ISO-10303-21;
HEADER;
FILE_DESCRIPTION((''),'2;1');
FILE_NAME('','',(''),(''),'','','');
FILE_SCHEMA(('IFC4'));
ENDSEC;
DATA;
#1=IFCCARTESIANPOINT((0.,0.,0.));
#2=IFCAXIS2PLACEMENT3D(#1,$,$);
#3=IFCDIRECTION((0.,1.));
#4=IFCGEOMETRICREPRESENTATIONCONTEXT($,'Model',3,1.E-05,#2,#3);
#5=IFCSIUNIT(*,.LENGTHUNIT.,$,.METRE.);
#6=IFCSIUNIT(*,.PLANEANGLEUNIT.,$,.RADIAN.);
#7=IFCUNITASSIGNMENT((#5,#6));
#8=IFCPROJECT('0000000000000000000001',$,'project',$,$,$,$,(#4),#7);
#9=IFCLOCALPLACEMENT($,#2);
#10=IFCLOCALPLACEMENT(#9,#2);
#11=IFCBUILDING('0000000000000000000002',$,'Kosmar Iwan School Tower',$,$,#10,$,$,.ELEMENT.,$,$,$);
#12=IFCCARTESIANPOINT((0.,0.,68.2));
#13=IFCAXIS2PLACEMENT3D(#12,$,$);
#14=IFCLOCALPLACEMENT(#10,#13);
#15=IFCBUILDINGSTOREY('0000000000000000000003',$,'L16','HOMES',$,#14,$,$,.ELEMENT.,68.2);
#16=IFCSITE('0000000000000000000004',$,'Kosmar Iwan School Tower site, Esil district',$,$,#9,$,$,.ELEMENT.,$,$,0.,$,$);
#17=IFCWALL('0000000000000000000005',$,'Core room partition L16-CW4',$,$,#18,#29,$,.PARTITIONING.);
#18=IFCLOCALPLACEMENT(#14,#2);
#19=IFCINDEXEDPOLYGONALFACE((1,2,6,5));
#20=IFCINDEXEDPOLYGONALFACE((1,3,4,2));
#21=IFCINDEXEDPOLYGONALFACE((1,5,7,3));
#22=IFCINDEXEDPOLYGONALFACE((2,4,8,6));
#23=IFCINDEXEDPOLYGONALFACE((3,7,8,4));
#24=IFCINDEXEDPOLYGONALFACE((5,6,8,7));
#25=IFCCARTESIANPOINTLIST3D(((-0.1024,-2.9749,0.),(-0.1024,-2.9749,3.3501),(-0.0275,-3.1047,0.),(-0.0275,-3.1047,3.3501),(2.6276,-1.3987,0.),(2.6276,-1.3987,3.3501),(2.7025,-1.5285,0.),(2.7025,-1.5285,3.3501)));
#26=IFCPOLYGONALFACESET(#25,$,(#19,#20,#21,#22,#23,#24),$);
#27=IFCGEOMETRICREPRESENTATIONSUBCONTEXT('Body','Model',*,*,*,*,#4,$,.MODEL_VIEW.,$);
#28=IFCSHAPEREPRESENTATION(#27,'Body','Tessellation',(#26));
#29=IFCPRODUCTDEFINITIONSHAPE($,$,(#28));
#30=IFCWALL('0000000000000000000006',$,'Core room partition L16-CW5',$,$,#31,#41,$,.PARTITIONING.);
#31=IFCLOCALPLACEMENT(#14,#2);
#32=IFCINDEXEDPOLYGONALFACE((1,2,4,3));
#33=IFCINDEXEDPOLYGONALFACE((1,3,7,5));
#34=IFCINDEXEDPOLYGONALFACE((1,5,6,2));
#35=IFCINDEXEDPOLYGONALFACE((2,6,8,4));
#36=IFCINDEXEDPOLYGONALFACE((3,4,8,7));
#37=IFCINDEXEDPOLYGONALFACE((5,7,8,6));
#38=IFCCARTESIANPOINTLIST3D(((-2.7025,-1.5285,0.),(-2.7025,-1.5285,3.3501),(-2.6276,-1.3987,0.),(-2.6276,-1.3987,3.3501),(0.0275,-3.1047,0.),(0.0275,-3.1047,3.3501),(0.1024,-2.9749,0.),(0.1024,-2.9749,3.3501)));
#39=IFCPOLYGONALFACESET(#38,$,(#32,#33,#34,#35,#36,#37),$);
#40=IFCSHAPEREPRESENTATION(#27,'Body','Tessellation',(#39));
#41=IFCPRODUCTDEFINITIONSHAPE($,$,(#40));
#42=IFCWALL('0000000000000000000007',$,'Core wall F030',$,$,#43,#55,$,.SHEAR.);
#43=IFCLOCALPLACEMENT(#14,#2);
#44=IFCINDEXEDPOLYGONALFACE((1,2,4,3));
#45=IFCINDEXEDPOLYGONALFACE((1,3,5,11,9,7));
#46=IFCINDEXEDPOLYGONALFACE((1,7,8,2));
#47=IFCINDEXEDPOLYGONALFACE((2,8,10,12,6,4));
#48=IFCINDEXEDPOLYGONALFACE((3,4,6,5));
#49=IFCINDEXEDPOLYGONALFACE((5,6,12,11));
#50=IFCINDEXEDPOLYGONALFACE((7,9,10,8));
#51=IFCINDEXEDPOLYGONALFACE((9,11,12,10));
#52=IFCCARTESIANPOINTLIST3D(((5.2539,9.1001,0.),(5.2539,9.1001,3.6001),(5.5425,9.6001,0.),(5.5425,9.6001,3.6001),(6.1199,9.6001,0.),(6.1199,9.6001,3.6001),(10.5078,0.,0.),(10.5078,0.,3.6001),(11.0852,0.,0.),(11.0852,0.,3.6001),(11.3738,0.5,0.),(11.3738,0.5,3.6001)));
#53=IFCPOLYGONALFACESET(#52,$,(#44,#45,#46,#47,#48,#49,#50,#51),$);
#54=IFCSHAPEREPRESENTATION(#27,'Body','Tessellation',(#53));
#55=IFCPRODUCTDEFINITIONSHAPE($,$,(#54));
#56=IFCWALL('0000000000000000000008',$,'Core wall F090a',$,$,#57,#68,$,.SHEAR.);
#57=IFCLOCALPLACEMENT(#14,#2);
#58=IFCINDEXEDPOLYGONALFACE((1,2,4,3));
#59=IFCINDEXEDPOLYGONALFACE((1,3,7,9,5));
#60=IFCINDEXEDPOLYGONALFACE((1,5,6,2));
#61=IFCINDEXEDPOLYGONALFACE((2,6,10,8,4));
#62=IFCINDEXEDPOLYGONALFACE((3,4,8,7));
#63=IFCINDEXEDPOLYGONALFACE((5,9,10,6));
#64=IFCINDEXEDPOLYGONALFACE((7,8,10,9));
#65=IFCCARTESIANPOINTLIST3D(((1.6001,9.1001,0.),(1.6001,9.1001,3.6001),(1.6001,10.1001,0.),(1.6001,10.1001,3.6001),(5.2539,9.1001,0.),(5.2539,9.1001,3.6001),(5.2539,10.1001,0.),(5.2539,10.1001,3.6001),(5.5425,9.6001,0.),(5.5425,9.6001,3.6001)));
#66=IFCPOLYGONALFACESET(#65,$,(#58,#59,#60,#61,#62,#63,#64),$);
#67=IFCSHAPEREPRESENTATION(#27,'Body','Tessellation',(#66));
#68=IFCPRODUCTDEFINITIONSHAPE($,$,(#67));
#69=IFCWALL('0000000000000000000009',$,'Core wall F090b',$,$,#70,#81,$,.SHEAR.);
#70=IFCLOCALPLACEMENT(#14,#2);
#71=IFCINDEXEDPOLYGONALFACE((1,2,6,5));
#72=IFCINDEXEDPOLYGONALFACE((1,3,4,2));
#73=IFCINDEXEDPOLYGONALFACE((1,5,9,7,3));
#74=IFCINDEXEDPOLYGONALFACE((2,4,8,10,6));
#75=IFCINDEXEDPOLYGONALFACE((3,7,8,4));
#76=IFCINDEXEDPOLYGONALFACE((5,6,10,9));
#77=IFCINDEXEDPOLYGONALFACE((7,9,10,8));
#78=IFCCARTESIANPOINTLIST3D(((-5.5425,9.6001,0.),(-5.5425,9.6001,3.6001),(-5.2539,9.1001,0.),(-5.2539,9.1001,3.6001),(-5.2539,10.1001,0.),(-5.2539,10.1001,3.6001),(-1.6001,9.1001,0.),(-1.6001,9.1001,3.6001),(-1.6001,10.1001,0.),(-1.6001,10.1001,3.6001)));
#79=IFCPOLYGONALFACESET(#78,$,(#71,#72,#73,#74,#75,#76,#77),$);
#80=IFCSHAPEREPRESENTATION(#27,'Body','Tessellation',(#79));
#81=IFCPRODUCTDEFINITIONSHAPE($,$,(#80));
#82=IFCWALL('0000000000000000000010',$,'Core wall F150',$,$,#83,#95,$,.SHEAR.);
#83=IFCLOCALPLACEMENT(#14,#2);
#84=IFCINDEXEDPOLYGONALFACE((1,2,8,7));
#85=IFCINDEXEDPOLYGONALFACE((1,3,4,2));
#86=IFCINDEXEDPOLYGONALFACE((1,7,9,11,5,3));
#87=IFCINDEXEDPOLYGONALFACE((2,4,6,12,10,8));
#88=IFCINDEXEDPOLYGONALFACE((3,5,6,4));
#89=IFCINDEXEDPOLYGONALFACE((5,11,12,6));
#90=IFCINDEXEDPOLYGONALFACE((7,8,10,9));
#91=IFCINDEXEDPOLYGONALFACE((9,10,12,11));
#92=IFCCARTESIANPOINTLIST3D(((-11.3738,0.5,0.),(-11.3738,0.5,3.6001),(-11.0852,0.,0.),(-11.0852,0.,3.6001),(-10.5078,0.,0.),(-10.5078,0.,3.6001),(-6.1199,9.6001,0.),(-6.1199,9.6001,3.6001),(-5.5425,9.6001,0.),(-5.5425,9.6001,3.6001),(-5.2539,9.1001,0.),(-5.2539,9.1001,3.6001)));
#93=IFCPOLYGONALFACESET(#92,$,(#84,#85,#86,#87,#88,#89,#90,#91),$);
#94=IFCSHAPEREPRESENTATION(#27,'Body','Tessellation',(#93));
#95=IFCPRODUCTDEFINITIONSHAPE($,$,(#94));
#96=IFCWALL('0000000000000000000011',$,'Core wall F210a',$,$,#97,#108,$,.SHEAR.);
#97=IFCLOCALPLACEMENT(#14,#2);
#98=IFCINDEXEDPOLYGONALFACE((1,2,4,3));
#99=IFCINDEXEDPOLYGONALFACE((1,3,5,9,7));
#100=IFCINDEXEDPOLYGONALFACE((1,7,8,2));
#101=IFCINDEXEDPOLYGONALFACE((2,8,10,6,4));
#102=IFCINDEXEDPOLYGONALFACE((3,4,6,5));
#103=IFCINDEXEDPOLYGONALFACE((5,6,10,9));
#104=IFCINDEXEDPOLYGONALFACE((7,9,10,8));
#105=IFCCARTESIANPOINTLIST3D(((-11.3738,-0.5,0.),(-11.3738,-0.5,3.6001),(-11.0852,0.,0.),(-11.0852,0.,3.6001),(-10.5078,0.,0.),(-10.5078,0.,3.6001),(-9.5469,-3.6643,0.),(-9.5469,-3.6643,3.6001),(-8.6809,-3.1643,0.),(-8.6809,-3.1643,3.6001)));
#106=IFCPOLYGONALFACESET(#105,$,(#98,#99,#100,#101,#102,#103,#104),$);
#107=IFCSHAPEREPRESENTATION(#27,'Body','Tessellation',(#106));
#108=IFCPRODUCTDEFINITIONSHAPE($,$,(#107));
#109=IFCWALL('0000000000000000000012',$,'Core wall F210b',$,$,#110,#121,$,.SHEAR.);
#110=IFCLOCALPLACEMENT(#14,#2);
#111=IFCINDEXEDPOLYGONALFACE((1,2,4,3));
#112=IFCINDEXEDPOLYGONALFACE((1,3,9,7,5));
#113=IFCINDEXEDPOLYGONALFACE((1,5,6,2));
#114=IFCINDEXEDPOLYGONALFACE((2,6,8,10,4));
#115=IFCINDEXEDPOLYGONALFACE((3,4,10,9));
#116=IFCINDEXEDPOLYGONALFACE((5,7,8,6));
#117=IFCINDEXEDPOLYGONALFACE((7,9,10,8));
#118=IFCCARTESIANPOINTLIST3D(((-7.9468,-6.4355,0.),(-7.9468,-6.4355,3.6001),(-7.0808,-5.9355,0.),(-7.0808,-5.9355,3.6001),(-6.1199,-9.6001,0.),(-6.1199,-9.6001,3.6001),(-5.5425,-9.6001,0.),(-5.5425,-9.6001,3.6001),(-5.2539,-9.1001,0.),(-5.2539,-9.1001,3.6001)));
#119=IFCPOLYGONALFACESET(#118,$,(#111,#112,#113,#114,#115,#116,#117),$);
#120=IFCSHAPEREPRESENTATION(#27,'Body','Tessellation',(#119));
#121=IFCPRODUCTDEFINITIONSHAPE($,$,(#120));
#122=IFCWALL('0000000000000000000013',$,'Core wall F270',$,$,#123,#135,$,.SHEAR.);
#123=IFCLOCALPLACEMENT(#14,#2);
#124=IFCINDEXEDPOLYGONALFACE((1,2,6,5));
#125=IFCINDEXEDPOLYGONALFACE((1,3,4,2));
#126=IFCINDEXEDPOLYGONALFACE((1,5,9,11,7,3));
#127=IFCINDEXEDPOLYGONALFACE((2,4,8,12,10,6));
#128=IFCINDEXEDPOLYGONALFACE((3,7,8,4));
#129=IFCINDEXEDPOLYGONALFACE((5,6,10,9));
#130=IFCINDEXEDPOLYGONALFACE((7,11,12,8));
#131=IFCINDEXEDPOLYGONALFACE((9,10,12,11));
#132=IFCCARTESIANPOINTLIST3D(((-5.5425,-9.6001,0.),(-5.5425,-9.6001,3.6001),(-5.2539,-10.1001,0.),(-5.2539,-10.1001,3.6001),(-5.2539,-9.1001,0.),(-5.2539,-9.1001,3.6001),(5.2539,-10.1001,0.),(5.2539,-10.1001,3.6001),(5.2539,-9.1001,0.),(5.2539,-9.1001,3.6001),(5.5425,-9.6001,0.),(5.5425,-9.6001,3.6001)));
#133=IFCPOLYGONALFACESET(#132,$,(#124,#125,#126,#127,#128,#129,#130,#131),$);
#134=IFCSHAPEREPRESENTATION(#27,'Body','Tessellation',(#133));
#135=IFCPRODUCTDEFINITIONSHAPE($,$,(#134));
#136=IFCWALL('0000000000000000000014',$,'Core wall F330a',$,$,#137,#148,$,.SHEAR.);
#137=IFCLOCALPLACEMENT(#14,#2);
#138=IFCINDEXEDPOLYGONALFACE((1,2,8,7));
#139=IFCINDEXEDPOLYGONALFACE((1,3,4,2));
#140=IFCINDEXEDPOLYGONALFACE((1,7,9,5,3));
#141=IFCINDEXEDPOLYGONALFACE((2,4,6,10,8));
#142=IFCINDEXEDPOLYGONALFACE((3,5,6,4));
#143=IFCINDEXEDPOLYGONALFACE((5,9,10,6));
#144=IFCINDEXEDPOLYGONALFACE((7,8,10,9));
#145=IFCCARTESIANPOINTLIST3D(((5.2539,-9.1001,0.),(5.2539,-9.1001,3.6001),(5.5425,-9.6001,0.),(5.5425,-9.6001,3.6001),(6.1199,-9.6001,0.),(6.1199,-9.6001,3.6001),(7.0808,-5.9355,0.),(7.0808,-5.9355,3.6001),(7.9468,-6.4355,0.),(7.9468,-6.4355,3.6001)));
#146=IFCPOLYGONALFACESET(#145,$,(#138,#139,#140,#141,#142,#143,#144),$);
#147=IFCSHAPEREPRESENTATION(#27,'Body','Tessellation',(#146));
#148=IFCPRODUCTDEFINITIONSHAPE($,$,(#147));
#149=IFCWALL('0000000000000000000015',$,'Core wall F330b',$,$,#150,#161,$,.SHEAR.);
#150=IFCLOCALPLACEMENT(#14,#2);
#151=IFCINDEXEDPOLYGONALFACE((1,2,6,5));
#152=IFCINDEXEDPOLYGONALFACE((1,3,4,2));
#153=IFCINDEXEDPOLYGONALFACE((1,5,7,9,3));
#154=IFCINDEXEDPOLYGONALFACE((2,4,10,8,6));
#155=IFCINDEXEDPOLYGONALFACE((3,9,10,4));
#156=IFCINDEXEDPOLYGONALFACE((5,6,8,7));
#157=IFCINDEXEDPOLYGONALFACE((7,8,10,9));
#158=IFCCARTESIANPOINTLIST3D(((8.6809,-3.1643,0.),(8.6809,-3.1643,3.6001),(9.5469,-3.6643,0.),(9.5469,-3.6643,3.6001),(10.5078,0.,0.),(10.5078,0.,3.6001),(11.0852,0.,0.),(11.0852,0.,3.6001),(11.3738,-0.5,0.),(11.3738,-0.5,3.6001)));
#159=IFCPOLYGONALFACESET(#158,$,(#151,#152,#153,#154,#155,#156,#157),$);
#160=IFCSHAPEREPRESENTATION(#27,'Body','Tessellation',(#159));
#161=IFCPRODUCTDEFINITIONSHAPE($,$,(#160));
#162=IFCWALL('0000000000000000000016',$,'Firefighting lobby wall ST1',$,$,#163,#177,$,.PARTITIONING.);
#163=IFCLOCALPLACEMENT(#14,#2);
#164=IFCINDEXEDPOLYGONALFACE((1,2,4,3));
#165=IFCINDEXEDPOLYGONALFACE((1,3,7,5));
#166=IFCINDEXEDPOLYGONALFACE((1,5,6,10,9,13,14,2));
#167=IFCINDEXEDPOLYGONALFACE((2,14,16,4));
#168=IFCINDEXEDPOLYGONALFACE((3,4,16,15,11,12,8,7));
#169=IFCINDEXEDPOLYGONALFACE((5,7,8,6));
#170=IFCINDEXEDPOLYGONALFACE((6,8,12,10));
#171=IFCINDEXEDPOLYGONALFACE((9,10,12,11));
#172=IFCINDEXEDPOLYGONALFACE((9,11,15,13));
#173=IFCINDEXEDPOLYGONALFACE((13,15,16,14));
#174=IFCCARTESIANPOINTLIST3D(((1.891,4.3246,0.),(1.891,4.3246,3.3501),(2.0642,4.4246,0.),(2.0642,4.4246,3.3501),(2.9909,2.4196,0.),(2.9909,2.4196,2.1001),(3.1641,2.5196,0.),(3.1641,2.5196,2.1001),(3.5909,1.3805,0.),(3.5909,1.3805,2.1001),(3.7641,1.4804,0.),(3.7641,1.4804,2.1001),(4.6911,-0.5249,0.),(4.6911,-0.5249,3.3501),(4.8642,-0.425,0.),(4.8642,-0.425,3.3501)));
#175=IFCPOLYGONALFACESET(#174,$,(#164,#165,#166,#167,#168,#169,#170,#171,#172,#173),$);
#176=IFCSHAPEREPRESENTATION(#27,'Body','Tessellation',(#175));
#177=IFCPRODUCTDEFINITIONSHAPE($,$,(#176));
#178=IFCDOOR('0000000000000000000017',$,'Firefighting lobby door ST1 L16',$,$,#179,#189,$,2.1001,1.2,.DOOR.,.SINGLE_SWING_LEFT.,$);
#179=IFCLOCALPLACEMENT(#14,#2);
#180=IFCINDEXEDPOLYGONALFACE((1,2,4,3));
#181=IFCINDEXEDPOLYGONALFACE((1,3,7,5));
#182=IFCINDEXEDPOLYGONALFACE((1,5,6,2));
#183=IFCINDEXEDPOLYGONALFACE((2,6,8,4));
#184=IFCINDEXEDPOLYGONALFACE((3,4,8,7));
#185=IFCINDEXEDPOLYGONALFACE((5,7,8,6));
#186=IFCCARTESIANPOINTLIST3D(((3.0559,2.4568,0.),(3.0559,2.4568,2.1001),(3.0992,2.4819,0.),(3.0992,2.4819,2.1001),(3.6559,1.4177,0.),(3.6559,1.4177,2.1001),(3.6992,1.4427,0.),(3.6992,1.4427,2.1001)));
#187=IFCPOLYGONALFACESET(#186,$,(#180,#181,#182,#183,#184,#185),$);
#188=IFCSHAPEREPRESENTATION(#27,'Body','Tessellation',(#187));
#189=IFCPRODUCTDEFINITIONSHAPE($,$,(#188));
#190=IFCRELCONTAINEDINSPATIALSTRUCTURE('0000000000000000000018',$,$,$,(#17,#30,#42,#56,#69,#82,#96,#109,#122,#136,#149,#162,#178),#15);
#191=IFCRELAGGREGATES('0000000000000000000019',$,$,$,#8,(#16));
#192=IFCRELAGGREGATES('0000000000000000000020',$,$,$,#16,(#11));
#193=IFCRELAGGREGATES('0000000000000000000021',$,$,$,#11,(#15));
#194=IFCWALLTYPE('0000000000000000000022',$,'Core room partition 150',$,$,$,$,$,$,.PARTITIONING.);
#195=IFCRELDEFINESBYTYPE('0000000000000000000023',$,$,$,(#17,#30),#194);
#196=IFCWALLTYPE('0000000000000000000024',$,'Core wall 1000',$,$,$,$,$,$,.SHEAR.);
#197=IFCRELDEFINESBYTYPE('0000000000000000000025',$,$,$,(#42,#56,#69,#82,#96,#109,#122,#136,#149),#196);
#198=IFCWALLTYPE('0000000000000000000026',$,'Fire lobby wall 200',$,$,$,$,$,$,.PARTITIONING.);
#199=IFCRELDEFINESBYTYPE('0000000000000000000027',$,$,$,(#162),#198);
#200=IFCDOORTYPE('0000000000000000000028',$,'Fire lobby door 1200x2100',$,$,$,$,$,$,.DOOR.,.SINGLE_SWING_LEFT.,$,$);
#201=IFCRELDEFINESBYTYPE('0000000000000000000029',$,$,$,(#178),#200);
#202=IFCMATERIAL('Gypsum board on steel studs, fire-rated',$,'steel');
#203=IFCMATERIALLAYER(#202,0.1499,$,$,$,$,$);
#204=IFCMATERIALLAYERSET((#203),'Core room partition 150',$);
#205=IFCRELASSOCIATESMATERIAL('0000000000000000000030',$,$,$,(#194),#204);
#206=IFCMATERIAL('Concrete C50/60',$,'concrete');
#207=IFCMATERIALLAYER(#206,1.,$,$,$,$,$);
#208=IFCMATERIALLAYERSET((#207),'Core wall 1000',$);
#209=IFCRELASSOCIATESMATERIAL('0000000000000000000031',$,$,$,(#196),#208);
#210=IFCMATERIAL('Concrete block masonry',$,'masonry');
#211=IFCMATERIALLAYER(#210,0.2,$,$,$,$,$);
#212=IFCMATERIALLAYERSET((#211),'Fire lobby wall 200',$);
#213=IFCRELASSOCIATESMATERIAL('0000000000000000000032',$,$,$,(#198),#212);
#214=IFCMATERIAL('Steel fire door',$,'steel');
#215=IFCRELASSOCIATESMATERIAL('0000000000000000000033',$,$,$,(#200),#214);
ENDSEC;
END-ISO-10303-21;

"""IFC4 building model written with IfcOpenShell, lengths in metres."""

from ifc_helpers import new_model, si_unit, direction, frame, frame_2d, origin, place, context, subcontext, project, spatial, polyline, rectangle, outline, extrude, material, layer, layer_set, type_object, element, fill, save


model = new_model("IFC4")

# Units and contexts
model_context = context("Model", 3, precision=1e-05, world=origin(), true_north=direction((0.0, 1.0)))
body_context = subcontext(model_context, "Body", "Model", "MODEL_VIEW")
ifc_project = project(units=[si_unit("LENGTHUNIT", "METRE"), si_unit("PLANEANGLEUNIT", "RADIAN")], contexts=[model_context])

# Site, building, storey
site_placement = place(None, origin())
site = spatial("IfcSite", under=ifc_project, at=site_placement, Name="Kosmar Iwan School Tower site, Esil district", CompositionType="ELEMENT", RefElevation=0.0)
building_placement = place(site_placement, origin())
building = spatial("IfcBuilding", under=site, at=building_placement, Name="Kosmar Iwan School Tower", CompositionType="ELEMENT")
storey_placement = place(building_placement, frame((0.0, 0.0, 68.2)))
storey = spatial("IfcBuildingStorey", under=building, at=storey_placement, Name="L16", Description="HOMES", CompositionType="ELEMENT", Elevation=68.2)

# Walls
ifc_material_1 = material(Name="Gypsum board on steel studs, fire-rated", Category="steel")
ifc_layer_1 = layer(ifc_material_1, 0.1499)
ifc_layer_set_1 = layer_set([ifc_layer_1], Name="Core room partition 150")
wall_type_1 = type_object("IfcWallType", Name="Core room partition 150", PredefinedType="PARTITIONING", material=ifc_layer_set_1)
for number, where, z_axis, x_axis, name in (
    (1, (2.665, -1.4636, 0.0), (0.0, 0.0, 1.0), (-0.866023, -0.500004, 0.0), "Core room partition L16-CW4"),
    (2, (0.0649, -3.0398, 0.0), (0.0, 0.0, 1.0), (-0.866023, 0.500004, 0.0), "Core room partition L16-CW5"),
):
    element("IfcWall", number, at=place(storey_placement, frame(where, z_axis=z_axis, x_axis=x_axis)), inside=storey, type_object=wall_type_1, Name=name, PredefinedType="PARTITIONING", context=body_context, shape_type="SweptSolid", body=[
        extrude(rectangle(XDim=3.1523, YDim=0.1499, at=frame_2d((1.5762, 0.0))), origin(), (0.0, 0.0, 1.0), 3.3501),
    ])
ifc_material_2 = material(Name="Concrete C50/60", Category="concrete")
ifc_layer_2 = layer(ifc_material_2, 1.0)
ifc_layer_set_2 = layer_set([ifc_layer_2], Name="Core wall 1000")
wall_type_2 = type_object("IfcWallType", Name="Core wall 1000", PredefinedType="SHEAR", material=ifc_layer_set_2)
wall_1_placement = place(storey_placement, origin())
element("IfcWall", 3, at=wall_1_placement, inside=storey, type_object=wall_type_2, Name="Core wall F030", PredefinedType="SHEAR", context=body_context, shape_type="SweptSolid", body=[
    extrude(outline(polyline([(10.5078, 0.0), (11.0852, 0.0), (11.3738, 0.5), (6.1199, 9.6001), (5.5425, 9.6001), (5.2539, 9.1001), (10.5078, 0.0)])), origin(), (0.0, 0.0, 1.0), 3.6001),
])
wall_2_placement = place(storey_placement, origin())
element("IfcWall", 4, at=wall_2_placement, inside=storey, type_object=wall_type_2, Name="Core wall F090a", PredefinedType="SHEAR", context=body_context, shape_type="SweptSolid", body=[
    extrude(outline(polyline([(1.6001, 9.1001), (5.2539, 9.1001), (5.5425, 9.6001), (5.2539, 10.1001), (1.6001, 10.1001), (1.6001, 9.1001)])), origin(), (0.0, 0.0, 1.0), 3.6001),
])
wall_3_placement = place(storey_placement, origin())
element("IfcWall", 5, at=wall_3_placement, inside=storey, type_object=wall_type_2, Name="Core wall F090b", PredefinedType="SHEAR", context=body_context, shape_type="SweptSolid", body=[
    extrude(outline(polyline([(-5.2539, 9.1001), (-1.6001, 9.1001), (-1.6001, 10.1001), (-5.2539, 10.1001), (-5.5425, 9.6001), (-5.2539, 9.1001)])), origin(), (0.0, 0.0, 1.0), 3.6001),
])
wall_4_placement = place(storey_placement, origin())
element("IfcWall", 6, at=wall_4_placement, inside=storey, type_object=wall_type_2, Name="Core wall F150", PredefinedType="SHEAR", context=body_context, shape_type="SweptSolid", body=[
    extrude(outline(polyline([(-11.0852, 0.0), (-10.5078, 0.0), (-5.2539, 9.1001), (-5.5425, 9.6001), (-6.1199, 9.6001), (-11.3738, 0.5), (-11.0852, 0.0)])), origin(), (0.0, 0.0, 1.0), 3.6001),
])
wall_5_placement = place(storey_placement, origin())
element("IfcWall", 7, at=wall_5_placement, inside=storey, type_object=wall_type_2, Name="Core wall F210a", PredefinedType="SHEAR", context=body_context, shape_type="SweptSolid", body=[
    extrude(outline(polyline([(-9.5469, -3.6643), (-8.6809, -3.1643), (-10.5078, 0.0), (-11.0852, 0.0), (-11.3738, -0.5), (-9.5469, -3.6643)])), origin(), (0.0, 0.0, 1.0), 3.6001),
])
wall_6_placement = place(storey_placement, origin())
element("IfcWall", 8, at=wall_6_placement, inside=storey, type_object=wall_type_2, Name="Core wall F210b", PredefinedType="SHEAR", context=body_context, shape_type="SweptSolid", body=[
    extrude(outline(polyline([(-6.1199, -9.6001), (-5.5425, -9.6001), (-5.2539, -9.1001), (-7.0808, -5.9355), (-7.9468, -6.4355), (-6.1199, -9.6001)])), origin(), (0.0, 0.0, 1.0), 3.6001),
])
wall_7_placement = place(storey_placement, origin())
element("IfcWall", 9, at=wall_7_placement, inside=storey, type_object=wall_type_2, Name="Core wall F270", PredefinedType="SHEAR", context=body_context, shape_type="SweptSolid", body=[
    extrude(outline(polyline([(-5.2539, -10.1001), (5.2539, -10.1001), (5.5425, -9.6001), (5.2539, -9.1001), (-5.2539, -9.1001), (-5.5425, -9.6001), (-5.2539, -10.1001)])), origin(), (0.0, 0.0, 1.0), 3.6001),
])
wall_8_placement = place(storey_placement, origin())
element("IfcWall", 10, at=wall_8_placement, inside=storey, type_object=wall_type_2, Name="Core wall F330a", PredefinedType="SHEAR", context=body_context, shape_type="SweptSolid", body=[
    extrude(outline(polyline([(5.5425, -9.6001), (6.1199, -9.6001), (7.9468, -6.4355), (7.0808, -5.9355), (5.2539, -9.1001), (5.5425, -9.6001)])), origin(), (0.0, 0.0, 1.0), 3.6001),
])
wall_9_placement = place(storey_placement, origin())
element("IfcWall", 11, at=wall_9_placement, inside=storey, type_object=wall_type_2, Name="Core wall F330b", PredefinedType="SHEAR", context=body_context, shape_type="SweptSolid", body=[
    extrude(outline(polyline([(9.5469, -3.6643), (11.3738, -0.5), (11.0852, 0.0), (10.5078, 0.0), (8.6809, -3.1643), (9.5469, -3.6643)])), origin(), (0.0, 0.0, 1.0), 3.6001),
])

# Wall, opening, door
ifc_material_3 = material(Name="Concrete block masonry", Category="masonry")
ifc_layer_3 = layer(ifc_material_3, 0.2)
ifc_layer_set_3 = layer_set([ifc_layer_3], Name="Fire lobby wall 200")
wall_type_3 = type_object("IfcWallType", Name="Fire lobby wall 200", PredefinedType="PARTITIONING", material=ifc_layer_set_3)
wall_10_placement = place(storey_placement, frame((4.7776, -0.4749, 0.0), z_axis=(0.0, 0.0, 1.0), x_axis=(-0.500017, 0.866016, 0.0)))
wall_10 = element("IfcWall", 12, at=wall_10_placement, inside=storey, type_object=wall_type_3, Name="Firefighting lobby wall ST1", PredefinedType="PARTITIONING", context=body_context, shape_type="SweptSolid", body=[
    extrude(rectangle(XDim=5.5999, YDim=0.2, at=frame_2d((2.7998, 0.0))), origin(), (0.0, 0.0, 1.0), 3.3501),
])
opening_placement = place(wall_10_placement, frame((2.2, 0.0, 0.0)))
opening = element("IfcOpeningElement", 13, at=opening_placement, cuts=wall_10, PredefinedType="OPENING", context=body_context, shape_type="SweptSolid", body=[
    extrude(rectangle(XDim=1.2, YDim=2.1001, at=frame_2d((0.6001, 1.05))), frame((0.0, 0.1121, 0.0), z_axis=(0.0, -1.0, 0.0), x_axis=(1.0, 0.0, 0.0)), (0.0, 0.0, 1.0), 0.2239),
])
ifc_material_4 = material(Name="Steel fire door", Category="steel")
door_type = type_object("IfcDoorType", Name="Fire lobby door 1200x2100", OperationType="SINGLE_SWING_LEFT", PredefinedType="DOOR", material=ifc_material_4)
door_placement = place(opening_placement, frame((1.2, 0.0, 0.0), z_axis=(0.0, 0.0, 1.0), x_axis=(-1.0, 0.0, 0.0)))
door = element("IfcDoor", 14, at=door_placement, inside=storey, type_object=door_type, Name="Firefighting lobby door ST1 L16", OperationType="SINGLE_SWING_LEFT", OverallHeight=2.1001, OverallWidth=1.2, PredefinedType="DOOR", context=body_context, shape_type="SweptSolid", body=[
    extrude(rectangle(XDim=1.2, YDim=2.1001, at=frame_2d((0.6001, 1.05))), frame((0.0, 0.0249, 0.0), z_axis=(0.0, -1.0, 0.0), x_axis=(1.0, 0.0, 0.0)), (0.0, 0.0, 1.0), 0.05),
])
fill(opening, door)

save(model, "model.ifc")
